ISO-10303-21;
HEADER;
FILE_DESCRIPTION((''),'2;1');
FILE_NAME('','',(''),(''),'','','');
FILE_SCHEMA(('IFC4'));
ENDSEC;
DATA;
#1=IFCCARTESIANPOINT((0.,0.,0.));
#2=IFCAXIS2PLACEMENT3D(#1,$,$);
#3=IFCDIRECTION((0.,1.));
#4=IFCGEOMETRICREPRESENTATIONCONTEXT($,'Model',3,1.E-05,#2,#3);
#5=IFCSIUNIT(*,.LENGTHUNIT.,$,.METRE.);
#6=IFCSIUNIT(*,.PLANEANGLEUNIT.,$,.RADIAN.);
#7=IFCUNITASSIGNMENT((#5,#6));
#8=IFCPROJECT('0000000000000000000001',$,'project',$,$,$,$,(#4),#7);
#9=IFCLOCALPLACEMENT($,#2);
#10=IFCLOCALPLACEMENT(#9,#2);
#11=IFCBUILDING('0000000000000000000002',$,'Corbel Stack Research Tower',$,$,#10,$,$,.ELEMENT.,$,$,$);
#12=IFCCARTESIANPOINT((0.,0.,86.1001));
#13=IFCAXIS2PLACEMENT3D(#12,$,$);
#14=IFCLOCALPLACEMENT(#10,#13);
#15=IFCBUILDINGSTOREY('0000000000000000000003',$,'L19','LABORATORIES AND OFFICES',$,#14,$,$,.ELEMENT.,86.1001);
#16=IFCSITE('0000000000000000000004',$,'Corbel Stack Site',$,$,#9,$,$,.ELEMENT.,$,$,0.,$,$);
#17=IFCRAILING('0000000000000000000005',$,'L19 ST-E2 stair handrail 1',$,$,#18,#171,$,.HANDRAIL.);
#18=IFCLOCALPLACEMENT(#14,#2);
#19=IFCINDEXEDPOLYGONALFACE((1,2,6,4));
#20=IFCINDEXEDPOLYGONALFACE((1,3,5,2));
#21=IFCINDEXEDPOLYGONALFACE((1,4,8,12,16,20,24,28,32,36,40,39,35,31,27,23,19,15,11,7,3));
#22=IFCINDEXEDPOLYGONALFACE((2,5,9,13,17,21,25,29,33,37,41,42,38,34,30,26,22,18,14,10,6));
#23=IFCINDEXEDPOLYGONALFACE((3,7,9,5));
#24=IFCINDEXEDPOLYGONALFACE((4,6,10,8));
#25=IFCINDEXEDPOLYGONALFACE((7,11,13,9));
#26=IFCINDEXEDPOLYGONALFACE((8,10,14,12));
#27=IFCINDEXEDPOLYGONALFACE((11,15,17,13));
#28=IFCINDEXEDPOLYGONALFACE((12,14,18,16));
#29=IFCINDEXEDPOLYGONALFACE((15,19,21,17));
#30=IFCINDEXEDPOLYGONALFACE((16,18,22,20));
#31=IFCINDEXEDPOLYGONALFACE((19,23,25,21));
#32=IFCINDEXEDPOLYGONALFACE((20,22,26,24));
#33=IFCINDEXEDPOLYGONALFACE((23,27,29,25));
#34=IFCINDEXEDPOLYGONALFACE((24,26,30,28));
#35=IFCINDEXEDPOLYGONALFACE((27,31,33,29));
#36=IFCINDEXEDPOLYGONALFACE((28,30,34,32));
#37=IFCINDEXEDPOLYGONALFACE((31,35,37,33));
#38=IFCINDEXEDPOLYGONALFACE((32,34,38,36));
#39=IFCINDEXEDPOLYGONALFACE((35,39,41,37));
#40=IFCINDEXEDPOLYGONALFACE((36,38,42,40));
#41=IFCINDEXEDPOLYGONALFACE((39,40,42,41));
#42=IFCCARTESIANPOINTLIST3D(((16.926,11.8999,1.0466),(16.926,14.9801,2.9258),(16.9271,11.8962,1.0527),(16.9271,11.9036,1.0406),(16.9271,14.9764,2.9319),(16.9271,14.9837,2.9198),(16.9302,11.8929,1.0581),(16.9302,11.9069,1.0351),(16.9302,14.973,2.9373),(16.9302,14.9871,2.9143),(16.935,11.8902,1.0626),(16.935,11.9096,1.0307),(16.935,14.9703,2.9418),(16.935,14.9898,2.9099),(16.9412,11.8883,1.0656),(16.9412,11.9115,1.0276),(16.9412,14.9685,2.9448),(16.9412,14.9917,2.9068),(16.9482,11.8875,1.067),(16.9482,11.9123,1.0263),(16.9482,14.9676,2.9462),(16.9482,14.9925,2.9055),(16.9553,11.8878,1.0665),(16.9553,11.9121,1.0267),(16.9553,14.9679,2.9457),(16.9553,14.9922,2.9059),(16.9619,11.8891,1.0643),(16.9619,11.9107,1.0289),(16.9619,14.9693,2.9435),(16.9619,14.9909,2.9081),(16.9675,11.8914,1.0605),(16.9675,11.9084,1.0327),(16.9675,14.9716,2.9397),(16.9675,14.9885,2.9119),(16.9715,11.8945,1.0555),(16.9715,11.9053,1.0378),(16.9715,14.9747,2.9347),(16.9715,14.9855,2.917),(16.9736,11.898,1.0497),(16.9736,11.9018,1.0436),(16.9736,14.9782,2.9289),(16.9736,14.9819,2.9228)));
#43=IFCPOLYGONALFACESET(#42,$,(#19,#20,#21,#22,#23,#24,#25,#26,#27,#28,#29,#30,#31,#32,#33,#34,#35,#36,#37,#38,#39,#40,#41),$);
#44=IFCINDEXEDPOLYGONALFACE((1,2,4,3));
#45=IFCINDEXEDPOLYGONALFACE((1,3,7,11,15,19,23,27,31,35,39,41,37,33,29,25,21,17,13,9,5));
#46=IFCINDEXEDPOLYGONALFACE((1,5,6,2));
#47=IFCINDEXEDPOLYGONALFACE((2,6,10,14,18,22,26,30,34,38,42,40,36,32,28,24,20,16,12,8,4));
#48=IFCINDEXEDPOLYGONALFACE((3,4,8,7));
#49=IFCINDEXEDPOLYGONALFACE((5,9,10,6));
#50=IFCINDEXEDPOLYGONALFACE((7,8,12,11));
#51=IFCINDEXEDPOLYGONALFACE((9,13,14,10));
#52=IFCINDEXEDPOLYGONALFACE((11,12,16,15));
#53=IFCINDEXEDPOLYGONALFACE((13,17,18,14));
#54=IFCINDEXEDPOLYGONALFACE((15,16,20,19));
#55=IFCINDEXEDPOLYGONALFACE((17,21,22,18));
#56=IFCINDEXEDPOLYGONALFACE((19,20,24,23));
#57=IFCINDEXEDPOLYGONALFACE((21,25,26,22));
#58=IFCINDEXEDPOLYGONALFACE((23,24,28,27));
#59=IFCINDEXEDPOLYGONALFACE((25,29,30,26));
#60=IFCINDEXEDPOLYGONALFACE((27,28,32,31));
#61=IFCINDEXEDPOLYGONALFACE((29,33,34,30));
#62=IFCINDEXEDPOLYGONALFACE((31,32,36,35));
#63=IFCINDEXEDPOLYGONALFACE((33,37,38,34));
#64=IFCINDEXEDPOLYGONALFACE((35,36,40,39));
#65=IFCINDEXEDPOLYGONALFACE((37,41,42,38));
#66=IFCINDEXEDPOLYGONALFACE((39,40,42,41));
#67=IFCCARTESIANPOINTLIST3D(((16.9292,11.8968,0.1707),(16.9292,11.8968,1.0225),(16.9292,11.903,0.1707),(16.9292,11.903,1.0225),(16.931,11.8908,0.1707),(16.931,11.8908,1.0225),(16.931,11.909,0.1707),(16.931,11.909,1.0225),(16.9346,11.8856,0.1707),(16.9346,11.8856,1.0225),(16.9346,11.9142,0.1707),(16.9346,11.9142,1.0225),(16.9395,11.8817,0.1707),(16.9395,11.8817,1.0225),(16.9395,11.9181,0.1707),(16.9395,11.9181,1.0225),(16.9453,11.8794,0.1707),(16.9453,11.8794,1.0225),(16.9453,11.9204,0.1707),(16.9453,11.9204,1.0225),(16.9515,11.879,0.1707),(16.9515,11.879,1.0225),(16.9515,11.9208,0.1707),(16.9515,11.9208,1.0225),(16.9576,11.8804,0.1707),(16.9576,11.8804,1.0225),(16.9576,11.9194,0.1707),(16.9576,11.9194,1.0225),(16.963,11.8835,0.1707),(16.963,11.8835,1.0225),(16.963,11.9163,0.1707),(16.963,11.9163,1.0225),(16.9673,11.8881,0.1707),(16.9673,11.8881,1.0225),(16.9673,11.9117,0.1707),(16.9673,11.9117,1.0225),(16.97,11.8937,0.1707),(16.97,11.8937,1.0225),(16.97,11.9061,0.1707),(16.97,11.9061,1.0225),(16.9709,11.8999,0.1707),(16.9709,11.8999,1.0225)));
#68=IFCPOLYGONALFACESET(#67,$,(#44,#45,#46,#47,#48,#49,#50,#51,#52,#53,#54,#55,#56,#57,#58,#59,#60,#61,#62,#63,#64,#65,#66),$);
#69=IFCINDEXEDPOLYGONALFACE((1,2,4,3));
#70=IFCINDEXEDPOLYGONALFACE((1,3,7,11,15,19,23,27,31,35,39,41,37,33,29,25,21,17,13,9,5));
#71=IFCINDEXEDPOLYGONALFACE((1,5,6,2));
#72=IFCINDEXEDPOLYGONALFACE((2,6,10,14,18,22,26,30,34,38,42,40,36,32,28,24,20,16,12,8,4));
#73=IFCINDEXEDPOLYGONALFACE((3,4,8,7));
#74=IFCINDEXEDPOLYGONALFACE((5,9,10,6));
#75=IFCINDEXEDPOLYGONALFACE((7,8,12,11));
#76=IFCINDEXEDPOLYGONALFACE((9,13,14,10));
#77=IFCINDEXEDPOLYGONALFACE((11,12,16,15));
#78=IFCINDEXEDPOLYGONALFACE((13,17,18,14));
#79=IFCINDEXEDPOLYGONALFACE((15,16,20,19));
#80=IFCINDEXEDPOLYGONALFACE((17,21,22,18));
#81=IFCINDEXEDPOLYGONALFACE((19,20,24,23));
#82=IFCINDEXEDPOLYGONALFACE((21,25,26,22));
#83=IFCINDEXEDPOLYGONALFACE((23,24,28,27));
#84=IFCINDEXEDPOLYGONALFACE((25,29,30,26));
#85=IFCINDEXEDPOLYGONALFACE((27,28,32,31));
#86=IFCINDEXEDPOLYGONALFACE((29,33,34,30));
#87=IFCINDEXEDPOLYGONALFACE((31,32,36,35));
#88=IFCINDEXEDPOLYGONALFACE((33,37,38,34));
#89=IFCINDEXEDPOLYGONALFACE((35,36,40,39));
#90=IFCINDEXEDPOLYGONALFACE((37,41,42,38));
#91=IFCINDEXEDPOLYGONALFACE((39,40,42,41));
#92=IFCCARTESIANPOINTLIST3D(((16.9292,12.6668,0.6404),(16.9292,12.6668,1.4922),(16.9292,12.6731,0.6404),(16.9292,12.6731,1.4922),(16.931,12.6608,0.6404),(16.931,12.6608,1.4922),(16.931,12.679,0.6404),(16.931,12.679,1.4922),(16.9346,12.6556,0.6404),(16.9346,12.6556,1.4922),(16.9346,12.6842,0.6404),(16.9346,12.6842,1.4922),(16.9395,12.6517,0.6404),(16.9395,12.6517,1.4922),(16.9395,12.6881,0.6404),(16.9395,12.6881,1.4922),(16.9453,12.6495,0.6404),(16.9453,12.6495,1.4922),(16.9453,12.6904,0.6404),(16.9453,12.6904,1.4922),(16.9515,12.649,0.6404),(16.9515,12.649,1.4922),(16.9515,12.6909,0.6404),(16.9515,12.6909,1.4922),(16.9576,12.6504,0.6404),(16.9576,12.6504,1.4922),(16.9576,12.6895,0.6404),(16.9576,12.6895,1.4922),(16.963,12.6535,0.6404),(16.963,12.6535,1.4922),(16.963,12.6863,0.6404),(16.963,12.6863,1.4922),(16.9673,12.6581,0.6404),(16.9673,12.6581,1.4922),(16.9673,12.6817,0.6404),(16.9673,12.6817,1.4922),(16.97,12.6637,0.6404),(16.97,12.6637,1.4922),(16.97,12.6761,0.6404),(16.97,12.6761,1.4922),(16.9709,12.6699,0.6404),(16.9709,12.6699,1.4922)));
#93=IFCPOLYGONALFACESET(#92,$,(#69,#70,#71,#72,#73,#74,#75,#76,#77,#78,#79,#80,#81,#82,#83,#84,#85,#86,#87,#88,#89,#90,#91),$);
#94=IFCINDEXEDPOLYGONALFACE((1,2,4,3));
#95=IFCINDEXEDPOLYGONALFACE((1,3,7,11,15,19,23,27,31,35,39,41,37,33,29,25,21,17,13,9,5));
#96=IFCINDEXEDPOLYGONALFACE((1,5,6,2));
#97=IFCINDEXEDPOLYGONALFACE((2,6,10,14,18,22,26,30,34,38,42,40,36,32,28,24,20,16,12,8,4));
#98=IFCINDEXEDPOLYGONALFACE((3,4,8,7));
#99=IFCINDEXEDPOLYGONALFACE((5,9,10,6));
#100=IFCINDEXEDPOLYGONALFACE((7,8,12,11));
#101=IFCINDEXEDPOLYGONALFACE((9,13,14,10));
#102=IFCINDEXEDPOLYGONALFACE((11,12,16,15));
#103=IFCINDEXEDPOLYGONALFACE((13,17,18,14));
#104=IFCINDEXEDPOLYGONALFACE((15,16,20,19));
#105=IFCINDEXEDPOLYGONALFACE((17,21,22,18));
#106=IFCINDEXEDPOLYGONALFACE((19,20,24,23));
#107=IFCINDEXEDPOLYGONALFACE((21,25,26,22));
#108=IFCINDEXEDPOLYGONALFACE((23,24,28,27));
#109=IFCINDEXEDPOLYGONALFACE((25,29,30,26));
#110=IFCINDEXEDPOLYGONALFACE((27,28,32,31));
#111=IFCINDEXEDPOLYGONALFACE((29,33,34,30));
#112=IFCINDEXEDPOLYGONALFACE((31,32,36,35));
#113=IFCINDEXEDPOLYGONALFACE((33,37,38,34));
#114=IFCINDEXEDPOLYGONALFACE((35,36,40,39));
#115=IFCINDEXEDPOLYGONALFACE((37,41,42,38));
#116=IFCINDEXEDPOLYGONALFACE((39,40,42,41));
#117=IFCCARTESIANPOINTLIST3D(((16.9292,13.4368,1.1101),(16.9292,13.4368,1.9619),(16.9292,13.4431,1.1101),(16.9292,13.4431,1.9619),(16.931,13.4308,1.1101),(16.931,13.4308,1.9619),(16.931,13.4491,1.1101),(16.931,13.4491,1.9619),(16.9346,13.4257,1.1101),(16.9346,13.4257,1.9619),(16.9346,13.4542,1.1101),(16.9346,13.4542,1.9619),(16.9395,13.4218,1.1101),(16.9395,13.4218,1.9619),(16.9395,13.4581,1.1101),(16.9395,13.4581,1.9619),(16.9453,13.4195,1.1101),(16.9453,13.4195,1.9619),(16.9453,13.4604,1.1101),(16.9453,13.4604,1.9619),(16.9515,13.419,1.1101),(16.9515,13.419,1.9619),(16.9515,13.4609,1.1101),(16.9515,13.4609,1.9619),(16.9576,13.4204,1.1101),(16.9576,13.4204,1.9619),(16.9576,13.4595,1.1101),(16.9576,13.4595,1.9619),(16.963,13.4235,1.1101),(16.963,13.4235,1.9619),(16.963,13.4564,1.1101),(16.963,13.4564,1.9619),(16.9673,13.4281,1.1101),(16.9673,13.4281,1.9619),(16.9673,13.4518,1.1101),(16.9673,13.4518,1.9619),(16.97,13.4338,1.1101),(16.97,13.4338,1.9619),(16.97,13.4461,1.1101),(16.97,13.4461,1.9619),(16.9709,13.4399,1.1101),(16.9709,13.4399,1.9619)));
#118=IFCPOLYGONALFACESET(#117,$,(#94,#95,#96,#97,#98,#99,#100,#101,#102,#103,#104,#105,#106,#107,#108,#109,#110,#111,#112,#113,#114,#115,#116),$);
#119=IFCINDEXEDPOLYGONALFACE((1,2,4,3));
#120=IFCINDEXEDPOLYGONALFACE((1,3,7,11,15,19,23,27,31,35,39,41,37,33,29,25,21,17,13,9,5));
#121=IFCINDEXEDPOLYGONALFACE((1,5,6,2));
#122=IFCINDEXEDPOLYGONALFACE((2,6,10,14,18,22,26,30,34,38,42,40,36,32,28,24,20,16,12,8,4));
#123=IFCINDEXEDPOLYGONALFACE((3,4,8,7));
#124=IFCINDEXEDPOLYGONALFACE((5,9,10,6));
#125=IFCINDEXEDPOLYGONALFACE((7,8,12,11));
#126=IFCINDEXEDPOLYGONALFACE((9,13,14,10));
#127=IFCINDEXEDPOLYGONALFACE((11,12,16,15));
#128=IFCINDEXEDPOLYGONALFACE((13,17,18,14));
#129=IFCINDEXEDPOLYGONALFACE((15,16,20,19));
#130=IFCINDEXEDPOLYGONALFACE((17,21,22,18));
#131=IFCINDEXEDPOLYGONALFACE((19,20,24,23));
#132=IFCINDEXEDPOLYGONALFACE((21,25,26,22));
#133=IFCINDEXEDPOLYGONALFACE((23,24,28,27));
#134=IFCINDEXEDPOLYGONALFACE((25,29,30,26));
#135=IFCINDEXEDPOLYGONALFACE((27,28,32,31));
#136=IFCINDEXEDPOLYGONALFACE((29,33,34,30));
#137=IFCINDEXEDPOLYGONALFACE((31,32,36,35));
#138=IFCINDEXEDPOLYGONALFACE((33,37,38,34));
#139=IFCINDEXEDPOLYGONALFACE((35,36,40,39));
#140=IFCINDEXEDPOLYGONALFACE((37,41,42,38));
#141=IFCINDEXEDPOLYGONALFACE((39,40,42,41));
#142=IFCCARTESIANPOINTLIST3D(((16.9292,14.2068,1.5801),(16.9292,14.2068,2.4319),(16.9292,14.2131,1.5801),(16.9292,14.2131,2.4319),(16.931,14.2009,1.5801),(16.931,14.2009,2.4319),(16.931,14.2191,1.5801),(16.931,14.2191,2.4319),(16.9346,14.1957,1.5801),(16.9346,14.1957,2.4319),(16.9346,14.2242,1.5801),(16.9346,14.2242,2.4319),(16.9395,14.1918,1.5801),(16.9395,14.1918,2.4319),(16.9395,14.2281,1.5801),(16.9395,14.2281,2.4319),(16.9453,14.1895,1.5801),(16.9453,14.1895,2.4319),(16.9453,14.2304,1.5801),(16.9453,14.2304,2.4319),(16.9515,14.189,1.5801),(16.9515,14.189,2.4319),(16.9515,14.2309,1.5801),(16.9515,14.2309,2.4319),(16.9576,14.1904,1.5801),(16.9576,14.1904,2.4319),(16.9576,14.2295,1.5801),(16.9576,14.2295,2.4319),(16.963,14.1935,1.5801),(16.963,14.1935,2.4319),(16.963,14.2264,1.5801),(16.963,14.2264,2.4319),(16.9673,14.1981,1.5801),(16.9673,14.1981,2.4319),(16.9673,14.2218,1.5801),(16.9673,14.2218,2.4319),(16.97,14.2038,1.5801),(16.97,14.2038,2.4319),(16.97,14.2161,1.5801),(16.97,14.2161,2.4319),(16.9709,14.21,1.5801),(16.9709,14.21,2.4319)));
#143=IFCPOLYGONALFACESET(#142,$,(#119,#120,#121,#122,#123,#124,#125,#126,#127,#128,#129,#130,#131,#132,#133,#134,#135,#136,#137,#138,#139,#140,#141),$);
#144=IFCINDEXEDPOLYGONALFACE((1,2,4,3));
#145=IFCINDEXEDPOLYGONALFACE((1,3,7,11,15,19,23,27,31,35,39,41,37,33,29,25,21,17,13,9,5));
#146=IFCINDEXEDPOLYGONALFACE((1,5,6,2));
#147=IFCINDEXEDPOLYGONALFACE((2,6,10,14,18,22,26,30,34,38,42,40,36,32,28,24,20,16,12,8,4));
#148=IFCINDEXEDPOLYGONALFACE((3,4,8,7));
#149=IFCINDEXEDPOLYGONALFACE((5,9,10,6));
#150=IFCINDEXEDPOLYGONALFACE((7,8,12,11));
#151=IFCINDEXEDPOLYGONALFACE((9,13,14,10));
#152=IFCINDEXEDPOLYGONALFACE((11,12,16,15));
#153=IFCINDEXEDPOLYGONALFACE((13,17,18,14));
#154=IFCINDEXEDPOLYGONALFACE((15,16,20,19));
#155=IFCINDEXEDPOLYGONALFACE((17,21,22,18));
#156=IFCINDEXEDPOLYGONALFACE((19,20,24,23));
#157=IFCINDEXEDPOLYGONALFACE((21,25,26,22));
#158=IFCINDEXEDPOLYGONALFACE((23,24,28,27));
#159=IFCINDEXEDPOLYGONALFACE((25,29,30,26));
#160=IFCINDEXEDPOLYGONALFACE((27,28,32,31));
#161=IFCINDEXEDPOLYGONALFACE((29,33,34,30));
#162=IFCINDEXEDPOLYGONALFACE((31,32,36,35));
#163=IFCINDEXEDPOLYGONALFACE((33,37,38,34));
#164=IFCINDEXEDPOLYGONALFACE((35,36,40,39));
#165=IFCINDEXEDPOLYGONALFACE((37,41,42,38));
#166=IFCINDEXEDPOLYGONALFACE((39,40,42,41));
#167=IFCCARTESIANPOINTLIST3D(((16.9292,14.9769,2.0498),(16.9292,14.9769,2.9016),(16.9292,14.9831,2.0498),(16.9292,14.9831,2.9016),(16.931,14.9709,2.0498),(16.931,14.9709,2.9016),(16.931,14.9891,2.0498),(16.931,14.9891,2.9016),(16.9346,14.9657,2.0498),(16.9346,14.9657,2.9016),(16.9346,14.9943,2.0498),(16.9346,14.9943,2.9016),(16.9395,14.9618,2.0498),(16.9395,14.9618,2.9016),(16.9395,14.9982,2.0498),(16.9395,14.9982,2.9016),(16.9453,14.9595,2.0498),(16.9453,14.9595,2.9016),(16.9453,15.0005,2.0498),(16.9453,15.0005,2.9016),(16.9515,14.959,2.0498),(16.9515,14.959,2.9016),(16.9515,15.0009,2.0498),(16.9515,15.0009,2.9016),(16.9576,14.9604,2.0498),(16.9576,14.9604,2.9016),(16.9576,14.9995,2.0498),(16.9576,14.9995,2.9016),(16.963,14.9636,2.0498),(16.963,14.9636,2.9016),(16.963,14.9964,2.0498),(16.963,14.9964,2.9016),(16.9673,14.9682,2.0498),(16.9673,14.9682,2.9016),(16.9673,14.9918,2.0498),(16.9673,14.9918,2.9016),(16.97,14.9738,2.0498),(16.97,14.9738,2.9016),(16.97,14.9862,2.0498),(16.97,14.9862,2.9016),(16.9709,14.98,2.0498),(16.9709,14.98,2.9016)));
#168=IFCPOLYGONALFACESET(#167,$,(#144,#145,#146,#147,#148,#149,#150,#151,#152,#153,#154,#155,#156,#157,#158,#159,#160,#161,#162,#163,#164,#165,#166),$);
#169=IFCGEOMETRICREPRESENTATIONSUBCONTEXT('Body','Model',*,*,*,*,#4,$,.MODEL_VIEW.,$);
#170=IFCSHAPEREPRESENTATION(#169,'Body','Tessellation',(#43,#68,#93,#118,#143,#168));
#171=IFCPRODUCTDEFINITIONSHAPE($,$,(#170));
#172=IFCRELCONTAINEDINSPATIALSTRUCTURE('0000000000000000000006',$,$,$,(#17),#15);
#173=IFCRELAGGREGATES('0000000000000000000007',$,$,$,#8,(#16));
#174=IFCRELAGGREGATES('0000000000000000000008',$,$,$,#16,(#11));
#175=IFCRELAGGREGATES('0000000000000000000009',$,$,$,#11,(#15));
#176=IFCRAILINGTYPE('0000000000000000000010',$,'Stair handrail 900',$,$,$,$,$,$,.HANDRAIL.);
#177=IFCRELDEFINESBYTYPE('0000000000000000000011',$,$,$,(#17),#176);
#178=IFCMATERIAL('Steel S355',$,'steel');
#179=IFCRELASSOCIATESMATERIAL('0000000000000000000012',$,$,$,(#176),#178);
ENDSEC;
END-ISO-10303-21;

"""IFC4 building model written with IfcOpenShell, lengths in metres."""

from ifc_helpers import new_model, si_unit, direction, frame, origin, origin_2d, place, context, subcontext, project, spatial, circle, extrude, material, type_object, element, save


model = new_model("IFC4")

# Units and contexts
model_context = context("Model", 3, precision=1e-05, world=origin(), true_north=direction((0.0, 1.0)))
body_context = subcontext(model_context, "Body", "Model", "MODEL_VIEW")
ifc_project = project(units=[si_unit("LENGTHUNIT", "METRE"), si_unit("PLANEANGLEUNIT", "RADIAN")], contexts=[model_context])

# Site, building, storey
site_placement = place(None, origin())
site = spatial("IfcSite", under=ifc_project, at=site_placement, Name="Corbel Stack Site", CompositionType="ELEMENT", RefElevation=0.0)
building_placement = place(site_placement, origin())
building = spatial("IfcBuilding", under=site, at=building_placement, Name="Corbel Stack Research Tower", CompositionType="ELEMENT")
storey_placement = place(building_placement, frame((0.0, 0.0, 86.1001)))
storey = spatial("IfcBuildingStorey", under=building, at=storey_placement, Name="L19", Description="LABORATORIES AND OFFICES", CompositionType="ELEMENT", Elevation=86.1001)

# Railing
ifc_material_1 = material(Name="Steel S355", Category="steel")
railing_type_1 = type_object("IfcRailingType", Name="Stair handrail 900", PredefinedType="HANDRAIL", material=ifc_material_1)
railing_1_placement = place(storey_placement, frame((16.95, 11.8999, 0.1707)))
element("IfcRailing", 1, at=railing_1_placement, inside=storey, type_object=railing_type_1, Name="L19 ST-E2 stair handrail 1", PredefinedType="HANDRAIL", context=body_context, shape_type="SweptSolid", body=[
    extrude(circle(Radius=0.0239, at=origin_2d()), frame((0.0, 0.0, 0.876), z_axis=(0.0, 0.853666, 0.52082), x_axis=(-1.0, 0.0, 0.0)), (0.0, 0.0, 1.0), 3.6082),
    extrude(circle(Radius=0.021, at=origin_2d()), origin(), (0.0, 0.0, 1.0), 0.8518),
    extrude(circle(Radius=0.021, at=origin_2d()), frame((0.0, 0.77, 0.4697)), (0.0, 0.0, 1.0), 0.8518),
    extrude(circle(Radius=0.021, at=origin_2d()), frame((0.0, 1.54, 0.9395)), (0.0, 0.0, 1.0), 0.8518),
    extrude(circle(Radius=0.021, at=origin_2d()), frame((0.0, 2.3101, 1.4094)), (0.0, 0.0, 1.0), 0.8518),
    extrude(circle(Radius=0.021, at=origin_2d()), frame((0.0, 3.0801, 1.8792)), (0.0, 0.0, 1.0), 0.8518),
])

save(model, "model.ifc")
